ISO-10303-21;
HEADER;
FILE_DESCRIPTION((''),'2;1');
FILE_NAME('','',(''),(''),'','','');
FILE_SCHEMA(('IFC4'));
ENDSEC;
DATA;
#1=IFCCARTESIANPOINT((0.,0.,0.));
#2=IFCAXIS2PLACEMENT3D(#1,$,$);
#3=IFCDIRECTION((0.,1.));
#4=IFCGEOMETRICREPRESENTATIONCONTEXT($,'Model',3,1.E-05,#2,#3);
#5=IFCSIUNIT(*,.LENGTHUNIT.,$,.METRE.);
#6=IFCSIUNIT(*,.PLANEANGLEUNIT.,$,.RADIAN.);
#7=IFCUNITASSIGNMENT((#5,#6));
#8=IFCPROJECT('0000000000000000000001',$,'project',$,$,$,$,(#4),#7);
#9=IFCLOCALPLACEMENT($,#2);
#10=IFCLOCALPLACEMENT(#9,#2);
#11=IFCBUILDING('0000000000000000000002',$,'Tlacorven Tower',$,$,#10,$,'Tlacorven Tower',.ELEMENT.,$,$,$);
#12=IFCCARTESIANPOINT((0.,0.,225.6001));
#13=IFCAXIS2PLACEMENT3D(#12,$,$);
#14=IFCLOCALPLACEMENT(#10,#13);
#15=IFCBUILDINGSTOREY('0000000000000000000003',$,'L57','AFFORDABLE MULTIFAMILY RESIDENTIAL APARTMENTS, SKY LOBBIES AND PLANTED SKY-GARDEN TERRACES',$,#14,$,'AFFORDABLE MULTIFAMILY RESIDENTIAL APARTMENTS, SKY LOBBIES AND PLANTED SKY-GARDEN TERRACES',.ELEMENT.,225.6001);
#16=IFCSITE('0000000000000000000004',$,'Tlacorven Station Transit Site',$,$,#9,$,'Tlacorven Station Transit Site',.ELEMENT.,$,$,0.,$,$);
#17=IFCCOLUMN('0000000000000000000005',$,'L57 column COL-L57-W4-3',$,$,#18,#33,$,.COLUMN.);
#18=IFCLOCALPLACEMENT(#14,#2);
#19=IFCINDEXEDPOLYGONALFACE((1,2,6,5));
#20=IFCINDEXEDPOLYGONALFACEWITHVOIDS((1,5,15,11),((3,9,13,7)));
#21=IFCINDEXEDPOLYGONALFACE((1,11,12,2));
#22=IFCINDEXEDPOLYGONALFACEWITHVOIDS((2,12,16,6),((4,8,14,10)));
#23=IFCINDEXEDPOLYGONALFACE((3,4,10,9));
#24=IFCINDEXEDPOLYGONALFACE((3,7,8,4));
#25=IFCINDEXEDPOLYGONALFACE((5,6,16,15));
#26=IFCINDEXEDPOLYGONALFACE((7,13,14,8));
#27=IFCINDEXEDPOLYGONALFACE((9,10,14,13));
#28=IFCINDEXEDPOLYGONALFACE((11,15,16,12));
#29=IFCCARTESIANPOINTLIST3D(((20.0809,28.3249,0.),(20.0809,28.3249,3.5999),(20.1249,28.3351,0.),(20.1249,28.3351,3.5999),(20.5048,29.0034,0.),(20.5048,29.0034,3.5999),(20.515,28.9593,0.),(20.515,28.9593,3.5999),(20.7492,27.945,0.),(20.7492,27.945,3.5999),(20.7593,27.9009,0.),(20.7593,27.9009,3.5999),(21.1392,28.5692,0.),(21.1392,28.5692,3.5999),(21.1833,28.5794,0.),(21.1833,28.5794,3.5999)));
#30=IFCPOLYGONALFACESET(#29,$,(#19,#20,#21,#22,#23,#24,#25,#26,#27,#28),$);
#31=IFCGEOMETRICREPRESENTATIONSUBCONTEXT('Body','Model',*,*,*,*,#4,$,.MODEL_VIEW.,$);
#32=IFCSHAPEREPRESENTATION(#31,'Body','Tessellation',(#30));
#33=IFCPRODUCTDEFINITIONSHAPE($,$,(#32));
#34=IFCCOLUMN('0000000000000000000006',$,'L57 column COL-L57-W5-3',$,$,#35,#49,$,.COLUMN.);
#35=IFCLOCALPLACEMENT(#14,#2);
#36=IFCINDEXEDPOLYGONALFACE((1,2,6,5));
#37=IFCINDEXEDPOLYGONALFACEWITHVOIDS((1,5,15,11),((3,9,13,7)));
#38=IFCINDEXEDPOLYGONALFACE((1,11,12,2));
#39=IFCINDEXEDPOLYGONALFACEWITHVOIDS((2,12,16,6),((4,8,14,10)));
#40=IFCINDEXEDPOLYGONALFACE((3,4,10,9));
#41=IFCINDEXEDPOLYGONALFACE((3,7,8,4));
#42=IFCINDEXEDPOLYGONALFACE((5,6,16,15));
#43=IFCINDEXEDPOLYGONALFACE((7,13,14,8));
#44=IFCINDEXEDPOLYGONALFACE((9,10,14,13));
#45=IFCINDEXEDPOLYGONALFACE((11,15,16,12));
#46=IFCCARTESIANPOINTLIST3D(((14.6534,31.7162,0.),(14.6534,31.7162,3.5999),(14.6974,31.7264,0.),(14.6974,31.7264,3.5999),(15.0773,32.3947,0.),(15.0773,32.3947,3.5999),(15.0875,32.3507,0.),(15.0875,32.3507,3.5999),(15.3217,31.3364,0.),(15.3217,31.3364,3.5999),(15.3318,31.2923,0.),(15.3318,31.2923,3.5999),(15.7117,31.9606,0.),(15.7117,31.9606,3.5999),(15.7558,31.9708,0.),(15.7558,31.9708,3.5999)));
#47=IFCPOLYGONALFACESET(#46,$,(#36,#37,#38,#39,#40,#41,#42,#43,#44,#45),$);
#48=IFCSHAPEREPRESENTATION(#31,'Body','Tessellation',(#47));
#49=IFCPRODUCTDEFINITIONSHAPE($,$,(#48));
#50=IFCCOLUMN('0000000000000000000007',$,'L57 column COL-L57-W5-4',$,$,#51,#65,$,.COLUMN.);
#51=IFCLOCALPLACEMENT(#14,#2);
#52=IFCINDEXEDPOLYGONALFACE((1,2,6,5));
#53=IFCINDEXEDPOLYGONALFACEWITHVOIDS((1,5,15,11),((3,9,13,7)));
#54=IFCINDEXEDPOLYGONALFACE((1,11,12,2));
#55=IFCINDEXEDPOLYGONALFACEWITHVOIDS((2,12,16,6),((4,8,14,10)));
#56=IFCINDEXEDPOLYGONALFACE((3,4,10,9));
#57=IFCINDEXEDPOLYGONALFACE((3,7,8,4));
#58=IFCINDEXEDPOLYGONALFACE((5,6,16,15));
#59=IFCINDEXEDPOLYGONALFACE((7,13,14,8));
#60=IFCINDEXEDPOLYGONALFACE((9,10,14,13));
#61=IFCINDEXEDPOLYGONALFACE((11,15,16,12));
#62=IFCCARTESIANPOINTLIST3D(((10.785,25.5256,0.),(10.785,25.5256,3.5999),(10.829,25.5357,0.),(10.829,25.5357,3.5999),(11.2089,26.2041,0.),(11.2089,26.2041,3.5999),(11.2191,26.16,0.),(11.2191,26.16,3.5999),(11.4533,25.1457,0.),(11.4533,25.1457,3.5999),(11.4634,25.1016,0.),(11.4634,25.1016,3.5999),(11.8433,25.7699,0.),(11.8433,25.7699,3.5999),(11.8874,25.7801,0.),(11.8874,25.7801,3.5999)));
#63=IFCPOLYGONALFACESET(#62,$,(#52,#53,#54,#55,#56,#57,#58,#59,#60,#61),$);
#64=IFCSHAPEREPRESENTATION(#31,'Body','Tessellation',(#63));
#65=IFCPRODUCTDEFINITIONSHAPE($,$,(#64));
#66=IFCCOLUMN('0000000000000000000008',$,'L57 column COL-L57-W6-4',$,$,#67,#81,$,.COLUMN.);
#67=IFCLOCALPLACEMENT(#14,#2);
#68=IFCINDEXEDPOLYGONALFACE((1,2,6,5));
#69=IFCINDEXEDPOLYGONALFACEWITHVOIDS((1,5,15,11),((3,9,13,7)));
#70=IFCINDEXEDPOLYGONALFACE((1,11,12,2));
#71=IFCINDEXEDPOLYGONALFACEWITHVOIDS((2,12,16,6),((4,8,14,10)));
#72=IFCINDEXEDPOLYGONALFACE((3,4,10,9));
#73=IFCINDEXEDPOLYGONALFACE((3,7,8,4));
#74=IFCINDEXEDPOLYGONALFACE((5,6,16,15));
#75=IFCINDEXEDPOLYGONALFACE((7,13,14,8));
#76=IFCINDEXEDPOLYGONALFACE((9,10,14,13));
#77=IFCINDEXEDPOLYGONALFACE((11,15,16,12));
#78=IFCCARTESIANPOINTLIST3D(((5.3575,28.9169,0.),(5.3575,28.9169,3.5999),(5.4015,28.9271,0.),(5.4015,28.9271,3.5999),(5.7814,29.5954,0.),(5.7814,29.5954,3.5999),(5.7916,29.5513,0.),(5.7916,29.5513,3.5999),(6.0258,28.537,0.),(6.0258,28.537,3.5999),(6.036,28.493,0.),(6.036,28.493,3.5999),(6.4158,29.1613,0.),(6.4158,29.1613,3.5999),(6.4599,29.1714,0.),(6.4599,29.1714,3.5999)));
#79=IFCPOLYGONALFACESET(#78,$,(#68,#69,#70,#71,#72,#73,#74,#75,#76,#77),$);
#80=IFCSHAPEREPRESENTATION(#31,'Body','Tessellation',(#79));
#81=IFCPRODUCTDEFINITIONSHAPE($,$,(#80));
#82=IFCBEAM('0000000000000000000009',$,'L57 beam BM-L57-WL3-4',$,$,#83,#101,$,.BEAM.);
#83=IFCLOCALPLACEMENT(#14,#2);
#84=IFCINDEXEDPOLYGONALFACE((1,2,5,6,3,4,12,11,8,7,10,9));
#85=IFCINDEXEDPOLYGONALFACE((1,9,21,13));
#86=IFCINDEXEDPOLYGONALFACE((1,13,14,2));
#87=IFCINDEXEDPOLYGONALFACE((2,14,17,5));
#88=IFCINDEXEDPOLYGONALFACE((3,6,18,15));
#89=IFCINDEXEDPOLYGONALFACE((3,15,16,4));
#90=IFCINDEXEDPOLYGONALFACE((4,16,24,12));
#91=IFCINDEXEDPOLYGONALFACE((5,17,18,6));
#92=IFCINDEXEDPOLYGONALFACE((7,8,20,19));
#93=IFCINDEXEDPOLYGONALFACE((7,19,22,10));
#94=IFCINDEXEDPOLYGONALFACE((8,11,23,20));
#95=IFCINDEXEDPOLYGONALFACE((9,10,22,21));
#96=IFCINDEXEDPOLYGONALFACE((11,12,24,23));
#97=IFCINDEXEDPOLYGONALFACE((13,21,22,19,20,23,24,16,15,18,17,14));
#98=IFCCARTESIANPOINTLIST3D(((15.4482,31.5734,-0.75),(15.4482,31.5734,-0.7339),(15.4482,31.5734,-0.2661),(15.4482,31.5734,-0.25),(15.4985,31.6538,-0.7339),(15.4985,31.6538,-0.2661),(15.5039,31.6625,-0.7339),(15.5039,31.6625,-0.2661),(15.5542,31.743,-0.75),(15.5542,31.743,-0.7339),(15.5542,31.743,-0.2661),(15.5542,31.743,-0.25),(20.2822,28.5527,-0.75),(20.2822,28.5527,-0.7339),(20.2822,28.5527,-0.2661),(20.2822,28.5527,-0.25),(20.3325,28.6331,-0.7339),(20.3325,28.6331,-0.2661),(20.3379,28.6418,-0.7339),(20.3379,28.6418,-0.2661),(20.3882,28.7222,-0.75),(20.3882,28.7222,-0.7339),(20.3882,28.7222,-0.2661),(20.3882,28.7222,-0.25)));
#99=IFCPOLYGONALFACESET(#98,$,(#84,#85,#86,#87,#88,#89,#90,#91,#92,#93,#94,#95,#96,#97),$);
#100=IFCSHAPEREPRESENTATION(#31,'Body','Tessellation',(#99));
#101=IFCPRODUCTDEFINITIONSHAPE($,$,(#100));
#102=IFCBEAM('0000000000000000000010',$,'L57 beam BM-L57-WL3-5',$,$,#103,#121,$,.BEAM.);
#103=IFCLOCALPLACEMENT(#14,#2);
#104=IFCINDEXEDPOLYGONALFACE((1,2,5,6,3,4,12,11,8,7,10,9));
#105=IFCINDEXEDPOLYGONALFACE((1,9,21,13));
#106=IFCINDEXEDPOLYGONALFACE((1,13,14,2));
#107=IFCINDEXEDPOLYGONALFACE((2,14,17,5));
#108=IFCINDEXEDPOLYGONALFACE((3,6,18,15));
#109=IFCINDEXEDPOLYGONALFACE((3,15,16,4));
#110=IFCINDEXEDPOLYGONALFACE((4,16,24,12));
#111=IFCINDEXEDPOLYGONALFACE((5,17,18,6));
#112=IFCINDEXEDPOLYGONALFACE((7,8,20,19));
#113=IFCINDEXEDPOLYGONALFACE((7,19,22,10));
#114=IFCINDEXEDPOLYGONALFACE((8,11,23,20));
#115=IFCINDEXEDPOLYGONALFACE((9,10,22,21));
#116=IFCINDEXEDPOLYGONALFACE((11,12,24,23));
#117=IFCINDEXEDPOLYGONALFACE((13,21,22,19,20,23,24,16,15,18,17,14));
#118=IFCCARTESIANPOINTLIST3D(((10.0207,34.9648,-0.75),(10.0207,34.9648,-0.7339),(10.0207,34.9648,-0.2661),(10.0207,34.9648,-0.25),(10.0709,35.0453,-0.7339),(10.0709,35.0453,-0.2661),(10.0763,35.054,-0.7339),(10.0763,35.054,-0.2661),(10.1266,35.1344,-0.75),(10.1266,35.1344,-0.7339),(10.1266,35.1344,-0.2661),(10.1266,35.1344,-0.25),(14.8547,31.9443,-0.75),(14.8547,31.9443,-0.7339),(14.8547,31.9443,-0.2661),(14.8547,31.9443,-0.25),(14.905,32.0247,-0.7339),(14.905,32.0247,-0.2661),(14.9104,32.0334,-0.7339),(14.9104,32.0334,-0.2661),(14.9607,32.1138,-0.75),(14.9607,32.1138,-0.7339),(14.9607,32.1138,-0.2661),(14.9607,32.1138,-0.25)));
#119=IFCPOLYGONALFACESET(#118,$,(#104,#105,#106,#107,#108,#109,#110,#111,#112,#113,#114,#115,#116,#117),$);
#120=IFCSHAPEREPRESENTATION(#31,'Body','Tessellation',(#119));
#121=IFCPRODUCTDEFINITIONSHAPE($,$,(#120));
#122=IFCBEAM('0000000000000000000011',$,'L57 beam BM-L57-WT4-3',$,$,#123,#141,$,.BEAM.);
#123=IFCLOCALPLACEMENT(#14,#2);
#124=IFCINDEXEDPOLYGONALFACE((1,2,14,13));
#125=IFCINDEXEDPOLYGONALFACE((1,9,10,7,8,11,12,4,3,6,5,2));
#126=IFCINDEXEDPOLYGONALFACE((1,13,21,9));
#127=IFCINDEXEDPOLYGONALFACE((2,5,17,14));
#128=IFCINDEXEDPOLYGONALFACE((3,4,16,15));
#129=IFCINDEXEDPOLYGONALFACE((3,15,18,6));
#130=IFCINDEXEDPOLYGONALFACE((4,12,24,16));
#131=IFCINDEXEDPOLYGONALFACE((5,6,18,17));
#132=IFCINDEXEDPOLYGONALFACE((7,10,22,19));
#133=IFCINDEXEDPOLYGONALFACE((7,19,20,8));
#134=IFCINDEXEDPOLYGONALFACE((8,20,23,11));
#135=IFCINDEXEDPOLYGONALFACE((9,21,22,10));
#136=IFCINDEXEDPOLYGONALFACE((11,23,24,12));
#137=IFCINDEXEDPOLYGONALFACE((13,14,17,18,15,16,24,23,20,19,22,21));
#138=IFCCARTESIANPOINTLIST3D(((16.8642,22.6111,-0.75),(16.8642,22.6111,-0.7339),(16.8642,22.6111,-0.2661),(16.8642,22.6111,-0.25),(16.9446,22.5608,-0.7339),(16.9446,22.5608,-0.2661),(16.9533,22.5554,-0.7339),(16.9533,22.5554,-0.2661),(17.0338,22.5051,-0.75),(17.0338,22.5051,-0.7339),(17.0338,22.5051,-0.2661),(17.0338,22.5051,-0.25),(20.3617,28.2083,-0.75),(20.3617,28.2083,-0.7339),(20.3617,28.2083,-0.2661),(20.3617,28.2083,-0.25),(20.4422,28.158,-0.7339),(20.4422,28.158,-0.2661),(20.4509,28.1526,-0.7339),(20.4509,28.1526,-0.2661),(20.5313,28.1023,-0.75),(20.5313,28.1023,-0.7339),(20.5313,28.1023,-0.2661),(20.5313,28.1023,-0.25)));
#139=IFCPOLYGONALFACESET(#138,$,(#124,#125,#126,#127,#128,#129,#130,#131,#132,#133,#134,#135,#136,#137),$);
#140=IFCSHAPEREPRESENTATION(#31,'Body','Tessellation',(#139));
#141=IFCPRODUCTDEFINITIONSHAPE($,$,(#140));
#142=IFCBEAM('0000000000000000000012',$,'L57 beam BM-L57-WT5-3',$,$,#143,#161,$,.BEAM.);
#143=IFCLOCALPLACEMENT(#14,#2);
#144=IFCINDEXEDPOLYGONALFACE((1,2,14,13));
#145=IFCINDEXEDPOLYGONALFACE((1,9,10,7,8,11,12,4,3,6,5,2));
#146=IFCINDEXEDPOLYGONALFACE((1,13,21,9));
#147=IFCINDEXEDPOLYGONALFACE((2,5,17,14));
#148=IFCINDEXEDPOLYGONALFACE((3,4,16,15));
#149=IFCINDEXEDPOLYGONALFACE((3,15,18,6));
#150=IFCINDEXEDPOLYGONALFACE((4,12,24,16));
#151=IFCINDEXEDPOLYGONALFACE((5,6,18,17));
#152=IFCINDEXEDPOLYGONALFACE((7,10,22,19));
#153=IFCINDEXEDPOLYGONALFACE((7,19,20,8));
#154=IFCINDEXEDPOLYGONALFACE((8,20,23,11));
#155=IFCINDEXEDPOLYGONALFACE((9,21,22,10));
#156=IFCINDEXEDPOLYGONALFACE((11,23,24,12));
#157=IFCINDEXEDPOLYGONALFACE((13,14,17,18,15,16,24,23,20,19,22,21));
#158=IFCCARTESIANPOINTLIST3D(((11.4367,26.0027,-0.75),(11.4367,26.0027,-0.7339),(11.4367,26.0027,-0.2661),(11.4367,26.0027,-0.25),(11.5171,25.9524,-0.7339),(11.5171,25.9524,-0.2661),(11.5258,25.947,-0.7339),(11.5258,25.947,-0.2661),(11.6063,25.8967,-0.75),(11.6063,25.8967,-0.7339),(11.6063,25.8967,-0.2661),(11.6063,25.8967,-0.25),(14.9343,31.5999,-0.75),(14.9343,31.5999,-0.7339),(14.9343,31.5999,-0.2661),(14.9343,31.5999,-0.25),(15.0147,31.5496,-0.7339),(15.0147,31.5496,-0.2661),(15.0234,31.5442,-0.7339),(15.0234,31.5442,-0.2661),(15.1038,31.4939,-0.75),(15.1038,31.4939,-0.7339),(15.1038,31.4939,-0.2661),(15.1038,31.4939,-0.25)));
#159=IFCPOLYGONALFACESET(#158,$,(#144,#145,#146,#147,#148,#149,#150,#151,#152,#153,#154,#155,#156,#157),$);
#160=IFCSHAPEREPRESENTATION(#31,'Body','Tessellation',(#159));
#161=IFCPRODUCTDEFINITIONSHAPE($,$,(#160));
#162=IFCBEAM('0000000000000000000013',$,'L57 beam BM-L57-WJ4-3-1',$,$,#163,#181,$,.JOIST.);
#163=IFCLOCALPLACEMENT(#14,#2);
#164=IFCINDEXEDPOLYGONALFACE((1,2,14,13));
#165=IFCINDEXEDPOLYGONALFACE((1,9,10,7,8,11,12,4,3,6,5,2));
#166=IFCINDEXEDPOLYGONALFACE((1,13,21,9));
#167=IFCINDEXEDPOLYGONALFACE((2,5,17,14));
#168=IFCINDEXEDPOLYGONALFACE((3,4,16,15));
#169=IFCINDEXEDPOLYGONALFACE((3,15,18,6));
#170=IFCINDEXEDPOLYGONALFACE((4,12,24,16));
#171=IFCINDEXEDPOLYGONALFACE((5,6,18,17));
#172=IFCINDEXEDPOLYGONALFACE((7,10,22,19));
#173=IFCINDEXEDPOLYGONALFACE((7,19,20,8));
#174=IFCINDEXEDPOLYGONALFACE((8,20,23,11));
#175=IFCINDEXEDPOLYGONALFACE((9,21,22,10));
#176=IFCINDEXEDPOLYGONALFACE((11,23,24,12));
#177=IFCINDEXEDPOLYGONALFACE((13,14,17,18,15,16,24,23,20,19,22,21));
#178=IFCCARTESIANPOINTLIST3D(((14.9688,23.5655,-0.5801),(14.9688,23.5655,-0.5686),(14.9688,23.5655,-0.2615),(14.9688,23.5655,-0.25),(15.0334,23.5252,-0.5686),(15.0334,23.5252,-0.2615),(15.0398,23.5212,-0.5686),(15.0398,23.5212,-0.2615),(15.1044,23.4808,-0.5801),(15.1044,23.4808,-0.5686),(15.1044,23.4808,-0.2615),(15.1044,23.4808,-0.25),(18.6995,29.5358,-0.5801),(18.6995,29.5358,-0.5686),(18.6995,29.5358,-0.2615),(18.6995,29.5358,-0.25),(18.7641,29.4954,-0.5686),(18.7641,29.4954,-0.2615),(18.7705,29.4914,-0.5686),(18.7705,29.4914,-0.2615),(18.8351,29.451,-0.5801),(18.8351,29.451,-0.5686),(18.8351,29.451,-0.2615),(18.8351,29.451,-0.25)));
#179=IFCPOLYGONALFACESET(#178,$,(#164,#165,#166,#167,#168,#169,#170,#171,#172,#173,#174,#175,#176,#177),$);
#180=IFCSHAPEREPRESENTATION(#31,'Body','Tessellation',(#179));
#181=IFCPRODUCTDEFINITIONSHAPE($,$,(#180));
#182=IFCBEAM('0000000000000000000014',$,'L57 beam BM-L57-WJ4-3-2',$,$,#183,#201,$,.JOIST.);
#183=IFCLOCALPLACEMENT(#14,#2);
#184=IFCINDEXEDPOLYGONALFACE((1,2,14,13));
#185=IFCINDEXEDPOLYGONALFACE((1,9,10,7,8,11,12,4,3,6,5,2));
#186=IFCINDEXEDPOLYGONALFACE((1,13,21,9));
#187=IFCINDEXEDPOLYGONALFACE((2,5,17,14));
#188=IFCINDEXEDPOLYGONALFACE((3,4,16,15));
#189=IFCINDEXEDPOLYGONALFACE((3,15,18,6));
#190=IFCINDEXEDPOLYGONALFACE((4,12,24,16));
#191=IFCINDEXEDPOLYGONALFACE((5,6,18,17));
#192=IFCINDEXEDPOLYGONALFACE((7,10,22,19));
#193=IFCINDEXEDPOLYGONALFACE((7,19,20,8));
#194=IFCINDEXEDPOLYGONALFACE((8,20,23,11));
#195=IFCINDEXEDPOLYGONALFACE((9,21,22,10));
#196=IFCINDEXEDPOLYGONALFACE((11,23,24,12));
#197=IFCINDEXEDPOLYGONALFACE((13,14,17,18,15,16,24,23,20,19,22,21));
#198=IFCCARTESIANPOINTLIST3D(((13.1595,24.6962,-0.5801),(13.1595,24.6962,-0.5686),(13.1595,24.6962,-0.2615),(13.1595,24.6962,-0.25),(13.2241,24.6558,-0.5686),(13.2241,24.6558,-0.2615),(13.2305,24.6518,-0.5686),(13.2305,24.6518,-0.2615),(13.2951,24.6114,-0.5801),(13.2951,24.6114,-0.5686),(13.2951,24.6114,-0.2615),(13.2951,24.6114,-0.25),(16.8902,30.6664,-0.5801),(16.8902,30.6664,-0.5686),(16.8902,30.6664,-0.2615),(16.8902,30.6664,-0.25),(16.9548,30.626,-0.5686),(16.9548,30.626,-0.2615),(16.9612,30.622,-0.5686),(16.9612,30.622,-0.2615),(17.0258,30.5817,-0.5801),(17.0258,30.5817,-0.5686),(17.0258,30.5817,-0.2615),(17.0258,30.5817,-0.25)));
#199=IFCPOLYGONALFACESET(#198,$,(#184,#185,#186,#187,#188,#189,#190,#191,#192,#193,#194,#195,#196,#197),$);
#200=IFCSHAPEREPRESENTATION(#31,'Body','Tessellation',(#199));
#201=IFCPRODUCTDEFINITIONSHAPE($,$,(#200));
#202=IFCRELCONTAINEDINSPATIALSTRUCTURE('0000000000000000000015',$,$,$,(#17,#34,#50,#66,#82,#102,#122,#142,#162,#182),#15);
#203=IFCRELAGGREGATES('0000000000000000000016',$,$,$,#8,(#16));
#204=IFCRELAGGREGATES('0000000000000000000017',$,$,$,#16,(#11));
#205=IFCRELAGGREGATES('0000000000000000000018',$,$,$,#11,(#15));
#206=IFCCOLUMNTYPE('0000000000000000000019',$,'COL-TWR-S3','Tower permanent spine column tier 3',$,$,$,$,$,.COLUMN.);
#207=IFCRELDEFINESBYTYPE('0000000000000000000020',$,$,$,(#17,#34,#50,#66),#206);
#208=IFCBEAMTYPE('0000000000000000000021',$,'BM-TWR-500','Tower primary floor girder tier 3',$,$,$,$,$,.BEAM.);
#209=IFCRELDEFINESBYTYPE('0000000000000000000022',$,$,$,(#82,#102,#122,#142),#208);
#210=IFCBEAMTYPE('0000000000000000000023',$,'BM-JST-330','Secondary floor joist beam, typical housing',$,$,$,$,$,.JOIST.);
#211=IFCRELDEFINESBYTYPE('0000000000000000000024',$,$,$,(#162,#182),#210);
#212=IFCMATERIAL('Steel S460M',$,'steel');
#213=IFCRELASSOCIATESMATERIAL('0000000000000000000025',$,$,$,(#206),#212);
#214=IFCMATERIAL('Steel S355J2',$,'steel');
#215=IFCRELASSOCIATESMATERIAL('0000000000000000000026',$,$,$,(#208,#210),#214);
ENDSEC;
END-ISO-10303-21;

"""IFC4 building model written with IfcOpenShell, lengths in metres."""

from ifc_helpers import new_model, si_unit, direction, frame, origin, origin_2d, place, context, subcontext, project, spatial, hollow_rectangle, i_section, extrude, source, transform, mapped, material, material_profile, profile_set, type_object, element, save


model = new_model("IFC4")

# Units and contexts
model_context = context("Model", 3, precision=1e-05, world=origin(), true_north=direction((0.0, 1.0)))
body_context = subcontext(model_context, "Body", "Model", "MODEL_VIEW")
ifc_project = project(units=[si_unit("LENGTHUNIT", "METRE"), si_unit("PLANEANGLEUNIT", "RADIAN")], contexts=[model_context])

# Site, building, storey
site_placement = place(None, origin())
site = spatial("IfcSite", under=ifc_project, at=site_placement, Name="Tlacorven Station Transit Site", LongName="Tlacorven Station Transit Site", CompositionType="ELEMENT", RefElevation=0.0)
building_placement = place(site_placement, origin())
building = spatial("IfcBuilding", under=site, at=building_placement, Name="Tlacorven Tower", LongName="Tlacorven Tower", CompositionType="ELEMENT")
storey_placement = place(building_placement, frame((0.0, 0.0, 225.6001)))
storey = spatial("IfcBuildingStorey", under=building, at=storey_placement, Name="L57", Description="AFFORDABLE MULTIFAMILY RESIDENTIAL APARTMENTS, SKY LOBBIES AND PLANTED SKY-GARDEN TERRACES", LongName="AFFORDABLE MULTIFAMILY RESIDENTIAL APARTMENTS, SKY LOBBIES AND PLANTED SKY-GARDEN TERRACES", CompositionType="ELEMENT", Elevation=225.6001)

# Columns
ifc_material_1 = material(Name="Steel S460M", Category="steel")
ifc_material_profile_1 = material_profile(ifc_material_1, hollow_rectangle(XDim=0.8, YDim=0.8, WallThickness=0.032, at=origin_2d()), Name="BOX 800X800X32")
ifc_profile_set_1 = profile_set([ifc_material_profile_1], Name="Steel S460M")
column_type = type_object("IfcColumnType", Name="COL-TWR-S3", Description="Tower permanent spine column tier 3", PredefinedType="COLUMN", material=ifc_profile_set_1)
shared_shape_1 = source(origin(), body_context, "Body", "SweptSolid", [
    extrude(hollow_rectangle(XDim=0.8, YDim=0.8, WallThickness=0.032, at=origin_2d()), origin(), (0.0, 0.0, 1.0), 3.5999),
])
for number, where, z_axis, x_axis, name in (
    (1, (20.6321, 28.4521, 0.0), (0.0, 0.0, 1.0), (-0.848048, 0.529919, 0.0), "L57 column COL-L57-W4-3"),
    (2, (15.2046, 31.8435, 0.0), (0.0, 0.0, 1.0), (-0.848048, 0.529919, 0.0), "L57 column COL-L57-W5-3"),
    (3, (11.3362, 25.6528, 0.0), (0.0, 0.0, 1.0), (-0.848048, 0.529919, 0.0), "L57 column COL-L57-W5-4"),
    (4, (5.9087, 29.0442, 0.0), (0.0, 0.0, 1.0), (-0.848048, 0.529919, 0.0), "L57 column COL-L57-W6-4"),
):
    element("IfcColumn", number, at=place(storey_placement, frame(where, z_axis=z_axis, x_axis=x_axis)), inside=storey, type_object=column_type, Name=name, PredefinedType="COLUMN", context=body_context, shape_type="MappedRepresentation", body=[
        mapped(shared_shape_1, transform((0.0, 0.0, 0.0), scale=1.0)),
    ])

# Beams
ifc_material_2 = material(Name="Steel S355J2", Category="steel")
ifc_material_profile_2 = material_profile(ifc_material_2, i_section(OverallWidth=0.2, OverallDepth=0.5, WebThickness=0.0103, FlangeThickness=0.0161, at=origin_2d()), Name="IPE 500")
ifc_profile_set_2 = profile_set([ifc_material_profile_2], Name="Steel S355J2")
beam_type_1 = type_object("IfcBeamType", Name="BM-TWR-500", Description="Tower primary floor girder tier 3", PredefinedType="BEAM", material=ifc_profile_set_2)
shared_shape_2 = source(origin(), body_context, "Body", "SweptSolid", [
    extrude(i_section(OverallWidth=0.2, OverallDepth=0.5, WebThickness=0.0103, FlangeThickness=0.0161, at=origin_2d()), origin(), (0.0, 0.0, 1.0), 5.7002),
])
for number, where, z_axis, x_axis, name in (
    (5, (20.3352, 28.6375, -0.5), (-0.848037, 0.529937, 0.0), (-0.529937, -0.848037, 0.0), "L57 beam BM-L57-WL3-4"),
    (6, (14.9077, 32.0291, -0.5), (-0.848056, 0.529907, 0.0), (-0.529907, -0.848056, 0.0), "L57 beam BM-L57-WL3-5"),
):
    element("IfcBeam", number, at=place(storey_placement, frame(where, z_axis=z_axis, x_axis=x_axis)), inside=storey, type_object=beam_type_1, Name=name, PredefinedType="BEAM", context=body_context, shape_type="MappedRepresentation", body=[
        mapped(shared_shape_2, transform((0.0, 0.0, 0.0), scale=1.0)),
    ])
shared_shape_3 = source(origin(), body_context, "Body", "SweptSolid", [
    extrude(i_section(OverallWidth=0.2, OverallDepth=0.5, WebThickness=0.0103, FlangeThickness=0.0161, at=origin_2d()), origin(), (0.0, 0.0, 1.0), 6.6001),
])
for number, where, z_axis, x_axis, name in (
    (7, (20.4465, 28.1553, -0.5), (-0.529926, -0.848044, 0.0), (0.848044, -0.529926, 0.0), "L57 beam BM-L57-WT4-3"),
    (8, (15.019, 31.5469, -0.5), (-0.529926, -0.848044, 0.0), (0.848044, -0.529926, 0.0), "L57 beam BM-L57-WT5-3"),
):
    element("IfcBeam", number, at=place(storey_placement, frame(where, z_axis=z_axis, x_axis=x_axis)), inside=storey, type_object=beam_type_1, Name=name, PredefinedType="BEAM", context=body_context, shape_type="MappedRepresentation", body=[
        mapped(shared_shape_3, transform((0.0, 0.0, 0.0), scale=1.0)),
    ])
ifc_material_profile_3 = material_profile(ifc_material_2, i_section(OverallWidth=0.1599, OverallDepth=0.3301, WebThickness=0.0076, FlangeThickness=0.0115, at=origin_2d()), Name="IPE 330")
ifc_profile_set_3 = profile_set([ifc_material_profile_3], Name="Steel S355J2")
beam_type_2 = type_object("IfcBeamType", Name="BM-JST-330", Description="Secondary floor joist beam, typical housing", PredefinedType="JOIST", material=ifc_profile_set_3)
shared_shape_4 = source(origin(), body_context, "Body", "SweptSolid", [
    extrude(i_section(OverallWidth=0.1599, OverallDepth=0.3301, WebThickness=0.0076, FlangeThickness=0.0115, at=origin_2d()), origin(), (0.0, 0.0, 1.0), 7.04),
])
for number, where, z_axis, x_axis, name in (
    (9, (18.7673, 29.4934, -0.415), (-0.52993, -0.848041, 0.0), (0.848041, -0.52993, 0.0), "L57 beam BM-L57-WJ4-3-1"),
    (10, (16.958, 30.624, -0.415), (-0.52993, -0.848041, 0.0), (0.848041, -0.52993, 0.0), "L57 beam BM-L57-WJ4-3-2"),
):
    element("IfcBeam", number, at=place(storey_placement, frame(where, z_axis=z_axis, x_axis=x_axis)), inside=storey, type_object=beam_type_2, Name=name, PredefinedType="JOIST", context=body_context, shape_type="MappedRepresentation", body=[
        mapped(shared_shape_4, transform((0.0, 0.0, 0.0), scale=1.0)),
    ])

save(model, "model.ifc")
